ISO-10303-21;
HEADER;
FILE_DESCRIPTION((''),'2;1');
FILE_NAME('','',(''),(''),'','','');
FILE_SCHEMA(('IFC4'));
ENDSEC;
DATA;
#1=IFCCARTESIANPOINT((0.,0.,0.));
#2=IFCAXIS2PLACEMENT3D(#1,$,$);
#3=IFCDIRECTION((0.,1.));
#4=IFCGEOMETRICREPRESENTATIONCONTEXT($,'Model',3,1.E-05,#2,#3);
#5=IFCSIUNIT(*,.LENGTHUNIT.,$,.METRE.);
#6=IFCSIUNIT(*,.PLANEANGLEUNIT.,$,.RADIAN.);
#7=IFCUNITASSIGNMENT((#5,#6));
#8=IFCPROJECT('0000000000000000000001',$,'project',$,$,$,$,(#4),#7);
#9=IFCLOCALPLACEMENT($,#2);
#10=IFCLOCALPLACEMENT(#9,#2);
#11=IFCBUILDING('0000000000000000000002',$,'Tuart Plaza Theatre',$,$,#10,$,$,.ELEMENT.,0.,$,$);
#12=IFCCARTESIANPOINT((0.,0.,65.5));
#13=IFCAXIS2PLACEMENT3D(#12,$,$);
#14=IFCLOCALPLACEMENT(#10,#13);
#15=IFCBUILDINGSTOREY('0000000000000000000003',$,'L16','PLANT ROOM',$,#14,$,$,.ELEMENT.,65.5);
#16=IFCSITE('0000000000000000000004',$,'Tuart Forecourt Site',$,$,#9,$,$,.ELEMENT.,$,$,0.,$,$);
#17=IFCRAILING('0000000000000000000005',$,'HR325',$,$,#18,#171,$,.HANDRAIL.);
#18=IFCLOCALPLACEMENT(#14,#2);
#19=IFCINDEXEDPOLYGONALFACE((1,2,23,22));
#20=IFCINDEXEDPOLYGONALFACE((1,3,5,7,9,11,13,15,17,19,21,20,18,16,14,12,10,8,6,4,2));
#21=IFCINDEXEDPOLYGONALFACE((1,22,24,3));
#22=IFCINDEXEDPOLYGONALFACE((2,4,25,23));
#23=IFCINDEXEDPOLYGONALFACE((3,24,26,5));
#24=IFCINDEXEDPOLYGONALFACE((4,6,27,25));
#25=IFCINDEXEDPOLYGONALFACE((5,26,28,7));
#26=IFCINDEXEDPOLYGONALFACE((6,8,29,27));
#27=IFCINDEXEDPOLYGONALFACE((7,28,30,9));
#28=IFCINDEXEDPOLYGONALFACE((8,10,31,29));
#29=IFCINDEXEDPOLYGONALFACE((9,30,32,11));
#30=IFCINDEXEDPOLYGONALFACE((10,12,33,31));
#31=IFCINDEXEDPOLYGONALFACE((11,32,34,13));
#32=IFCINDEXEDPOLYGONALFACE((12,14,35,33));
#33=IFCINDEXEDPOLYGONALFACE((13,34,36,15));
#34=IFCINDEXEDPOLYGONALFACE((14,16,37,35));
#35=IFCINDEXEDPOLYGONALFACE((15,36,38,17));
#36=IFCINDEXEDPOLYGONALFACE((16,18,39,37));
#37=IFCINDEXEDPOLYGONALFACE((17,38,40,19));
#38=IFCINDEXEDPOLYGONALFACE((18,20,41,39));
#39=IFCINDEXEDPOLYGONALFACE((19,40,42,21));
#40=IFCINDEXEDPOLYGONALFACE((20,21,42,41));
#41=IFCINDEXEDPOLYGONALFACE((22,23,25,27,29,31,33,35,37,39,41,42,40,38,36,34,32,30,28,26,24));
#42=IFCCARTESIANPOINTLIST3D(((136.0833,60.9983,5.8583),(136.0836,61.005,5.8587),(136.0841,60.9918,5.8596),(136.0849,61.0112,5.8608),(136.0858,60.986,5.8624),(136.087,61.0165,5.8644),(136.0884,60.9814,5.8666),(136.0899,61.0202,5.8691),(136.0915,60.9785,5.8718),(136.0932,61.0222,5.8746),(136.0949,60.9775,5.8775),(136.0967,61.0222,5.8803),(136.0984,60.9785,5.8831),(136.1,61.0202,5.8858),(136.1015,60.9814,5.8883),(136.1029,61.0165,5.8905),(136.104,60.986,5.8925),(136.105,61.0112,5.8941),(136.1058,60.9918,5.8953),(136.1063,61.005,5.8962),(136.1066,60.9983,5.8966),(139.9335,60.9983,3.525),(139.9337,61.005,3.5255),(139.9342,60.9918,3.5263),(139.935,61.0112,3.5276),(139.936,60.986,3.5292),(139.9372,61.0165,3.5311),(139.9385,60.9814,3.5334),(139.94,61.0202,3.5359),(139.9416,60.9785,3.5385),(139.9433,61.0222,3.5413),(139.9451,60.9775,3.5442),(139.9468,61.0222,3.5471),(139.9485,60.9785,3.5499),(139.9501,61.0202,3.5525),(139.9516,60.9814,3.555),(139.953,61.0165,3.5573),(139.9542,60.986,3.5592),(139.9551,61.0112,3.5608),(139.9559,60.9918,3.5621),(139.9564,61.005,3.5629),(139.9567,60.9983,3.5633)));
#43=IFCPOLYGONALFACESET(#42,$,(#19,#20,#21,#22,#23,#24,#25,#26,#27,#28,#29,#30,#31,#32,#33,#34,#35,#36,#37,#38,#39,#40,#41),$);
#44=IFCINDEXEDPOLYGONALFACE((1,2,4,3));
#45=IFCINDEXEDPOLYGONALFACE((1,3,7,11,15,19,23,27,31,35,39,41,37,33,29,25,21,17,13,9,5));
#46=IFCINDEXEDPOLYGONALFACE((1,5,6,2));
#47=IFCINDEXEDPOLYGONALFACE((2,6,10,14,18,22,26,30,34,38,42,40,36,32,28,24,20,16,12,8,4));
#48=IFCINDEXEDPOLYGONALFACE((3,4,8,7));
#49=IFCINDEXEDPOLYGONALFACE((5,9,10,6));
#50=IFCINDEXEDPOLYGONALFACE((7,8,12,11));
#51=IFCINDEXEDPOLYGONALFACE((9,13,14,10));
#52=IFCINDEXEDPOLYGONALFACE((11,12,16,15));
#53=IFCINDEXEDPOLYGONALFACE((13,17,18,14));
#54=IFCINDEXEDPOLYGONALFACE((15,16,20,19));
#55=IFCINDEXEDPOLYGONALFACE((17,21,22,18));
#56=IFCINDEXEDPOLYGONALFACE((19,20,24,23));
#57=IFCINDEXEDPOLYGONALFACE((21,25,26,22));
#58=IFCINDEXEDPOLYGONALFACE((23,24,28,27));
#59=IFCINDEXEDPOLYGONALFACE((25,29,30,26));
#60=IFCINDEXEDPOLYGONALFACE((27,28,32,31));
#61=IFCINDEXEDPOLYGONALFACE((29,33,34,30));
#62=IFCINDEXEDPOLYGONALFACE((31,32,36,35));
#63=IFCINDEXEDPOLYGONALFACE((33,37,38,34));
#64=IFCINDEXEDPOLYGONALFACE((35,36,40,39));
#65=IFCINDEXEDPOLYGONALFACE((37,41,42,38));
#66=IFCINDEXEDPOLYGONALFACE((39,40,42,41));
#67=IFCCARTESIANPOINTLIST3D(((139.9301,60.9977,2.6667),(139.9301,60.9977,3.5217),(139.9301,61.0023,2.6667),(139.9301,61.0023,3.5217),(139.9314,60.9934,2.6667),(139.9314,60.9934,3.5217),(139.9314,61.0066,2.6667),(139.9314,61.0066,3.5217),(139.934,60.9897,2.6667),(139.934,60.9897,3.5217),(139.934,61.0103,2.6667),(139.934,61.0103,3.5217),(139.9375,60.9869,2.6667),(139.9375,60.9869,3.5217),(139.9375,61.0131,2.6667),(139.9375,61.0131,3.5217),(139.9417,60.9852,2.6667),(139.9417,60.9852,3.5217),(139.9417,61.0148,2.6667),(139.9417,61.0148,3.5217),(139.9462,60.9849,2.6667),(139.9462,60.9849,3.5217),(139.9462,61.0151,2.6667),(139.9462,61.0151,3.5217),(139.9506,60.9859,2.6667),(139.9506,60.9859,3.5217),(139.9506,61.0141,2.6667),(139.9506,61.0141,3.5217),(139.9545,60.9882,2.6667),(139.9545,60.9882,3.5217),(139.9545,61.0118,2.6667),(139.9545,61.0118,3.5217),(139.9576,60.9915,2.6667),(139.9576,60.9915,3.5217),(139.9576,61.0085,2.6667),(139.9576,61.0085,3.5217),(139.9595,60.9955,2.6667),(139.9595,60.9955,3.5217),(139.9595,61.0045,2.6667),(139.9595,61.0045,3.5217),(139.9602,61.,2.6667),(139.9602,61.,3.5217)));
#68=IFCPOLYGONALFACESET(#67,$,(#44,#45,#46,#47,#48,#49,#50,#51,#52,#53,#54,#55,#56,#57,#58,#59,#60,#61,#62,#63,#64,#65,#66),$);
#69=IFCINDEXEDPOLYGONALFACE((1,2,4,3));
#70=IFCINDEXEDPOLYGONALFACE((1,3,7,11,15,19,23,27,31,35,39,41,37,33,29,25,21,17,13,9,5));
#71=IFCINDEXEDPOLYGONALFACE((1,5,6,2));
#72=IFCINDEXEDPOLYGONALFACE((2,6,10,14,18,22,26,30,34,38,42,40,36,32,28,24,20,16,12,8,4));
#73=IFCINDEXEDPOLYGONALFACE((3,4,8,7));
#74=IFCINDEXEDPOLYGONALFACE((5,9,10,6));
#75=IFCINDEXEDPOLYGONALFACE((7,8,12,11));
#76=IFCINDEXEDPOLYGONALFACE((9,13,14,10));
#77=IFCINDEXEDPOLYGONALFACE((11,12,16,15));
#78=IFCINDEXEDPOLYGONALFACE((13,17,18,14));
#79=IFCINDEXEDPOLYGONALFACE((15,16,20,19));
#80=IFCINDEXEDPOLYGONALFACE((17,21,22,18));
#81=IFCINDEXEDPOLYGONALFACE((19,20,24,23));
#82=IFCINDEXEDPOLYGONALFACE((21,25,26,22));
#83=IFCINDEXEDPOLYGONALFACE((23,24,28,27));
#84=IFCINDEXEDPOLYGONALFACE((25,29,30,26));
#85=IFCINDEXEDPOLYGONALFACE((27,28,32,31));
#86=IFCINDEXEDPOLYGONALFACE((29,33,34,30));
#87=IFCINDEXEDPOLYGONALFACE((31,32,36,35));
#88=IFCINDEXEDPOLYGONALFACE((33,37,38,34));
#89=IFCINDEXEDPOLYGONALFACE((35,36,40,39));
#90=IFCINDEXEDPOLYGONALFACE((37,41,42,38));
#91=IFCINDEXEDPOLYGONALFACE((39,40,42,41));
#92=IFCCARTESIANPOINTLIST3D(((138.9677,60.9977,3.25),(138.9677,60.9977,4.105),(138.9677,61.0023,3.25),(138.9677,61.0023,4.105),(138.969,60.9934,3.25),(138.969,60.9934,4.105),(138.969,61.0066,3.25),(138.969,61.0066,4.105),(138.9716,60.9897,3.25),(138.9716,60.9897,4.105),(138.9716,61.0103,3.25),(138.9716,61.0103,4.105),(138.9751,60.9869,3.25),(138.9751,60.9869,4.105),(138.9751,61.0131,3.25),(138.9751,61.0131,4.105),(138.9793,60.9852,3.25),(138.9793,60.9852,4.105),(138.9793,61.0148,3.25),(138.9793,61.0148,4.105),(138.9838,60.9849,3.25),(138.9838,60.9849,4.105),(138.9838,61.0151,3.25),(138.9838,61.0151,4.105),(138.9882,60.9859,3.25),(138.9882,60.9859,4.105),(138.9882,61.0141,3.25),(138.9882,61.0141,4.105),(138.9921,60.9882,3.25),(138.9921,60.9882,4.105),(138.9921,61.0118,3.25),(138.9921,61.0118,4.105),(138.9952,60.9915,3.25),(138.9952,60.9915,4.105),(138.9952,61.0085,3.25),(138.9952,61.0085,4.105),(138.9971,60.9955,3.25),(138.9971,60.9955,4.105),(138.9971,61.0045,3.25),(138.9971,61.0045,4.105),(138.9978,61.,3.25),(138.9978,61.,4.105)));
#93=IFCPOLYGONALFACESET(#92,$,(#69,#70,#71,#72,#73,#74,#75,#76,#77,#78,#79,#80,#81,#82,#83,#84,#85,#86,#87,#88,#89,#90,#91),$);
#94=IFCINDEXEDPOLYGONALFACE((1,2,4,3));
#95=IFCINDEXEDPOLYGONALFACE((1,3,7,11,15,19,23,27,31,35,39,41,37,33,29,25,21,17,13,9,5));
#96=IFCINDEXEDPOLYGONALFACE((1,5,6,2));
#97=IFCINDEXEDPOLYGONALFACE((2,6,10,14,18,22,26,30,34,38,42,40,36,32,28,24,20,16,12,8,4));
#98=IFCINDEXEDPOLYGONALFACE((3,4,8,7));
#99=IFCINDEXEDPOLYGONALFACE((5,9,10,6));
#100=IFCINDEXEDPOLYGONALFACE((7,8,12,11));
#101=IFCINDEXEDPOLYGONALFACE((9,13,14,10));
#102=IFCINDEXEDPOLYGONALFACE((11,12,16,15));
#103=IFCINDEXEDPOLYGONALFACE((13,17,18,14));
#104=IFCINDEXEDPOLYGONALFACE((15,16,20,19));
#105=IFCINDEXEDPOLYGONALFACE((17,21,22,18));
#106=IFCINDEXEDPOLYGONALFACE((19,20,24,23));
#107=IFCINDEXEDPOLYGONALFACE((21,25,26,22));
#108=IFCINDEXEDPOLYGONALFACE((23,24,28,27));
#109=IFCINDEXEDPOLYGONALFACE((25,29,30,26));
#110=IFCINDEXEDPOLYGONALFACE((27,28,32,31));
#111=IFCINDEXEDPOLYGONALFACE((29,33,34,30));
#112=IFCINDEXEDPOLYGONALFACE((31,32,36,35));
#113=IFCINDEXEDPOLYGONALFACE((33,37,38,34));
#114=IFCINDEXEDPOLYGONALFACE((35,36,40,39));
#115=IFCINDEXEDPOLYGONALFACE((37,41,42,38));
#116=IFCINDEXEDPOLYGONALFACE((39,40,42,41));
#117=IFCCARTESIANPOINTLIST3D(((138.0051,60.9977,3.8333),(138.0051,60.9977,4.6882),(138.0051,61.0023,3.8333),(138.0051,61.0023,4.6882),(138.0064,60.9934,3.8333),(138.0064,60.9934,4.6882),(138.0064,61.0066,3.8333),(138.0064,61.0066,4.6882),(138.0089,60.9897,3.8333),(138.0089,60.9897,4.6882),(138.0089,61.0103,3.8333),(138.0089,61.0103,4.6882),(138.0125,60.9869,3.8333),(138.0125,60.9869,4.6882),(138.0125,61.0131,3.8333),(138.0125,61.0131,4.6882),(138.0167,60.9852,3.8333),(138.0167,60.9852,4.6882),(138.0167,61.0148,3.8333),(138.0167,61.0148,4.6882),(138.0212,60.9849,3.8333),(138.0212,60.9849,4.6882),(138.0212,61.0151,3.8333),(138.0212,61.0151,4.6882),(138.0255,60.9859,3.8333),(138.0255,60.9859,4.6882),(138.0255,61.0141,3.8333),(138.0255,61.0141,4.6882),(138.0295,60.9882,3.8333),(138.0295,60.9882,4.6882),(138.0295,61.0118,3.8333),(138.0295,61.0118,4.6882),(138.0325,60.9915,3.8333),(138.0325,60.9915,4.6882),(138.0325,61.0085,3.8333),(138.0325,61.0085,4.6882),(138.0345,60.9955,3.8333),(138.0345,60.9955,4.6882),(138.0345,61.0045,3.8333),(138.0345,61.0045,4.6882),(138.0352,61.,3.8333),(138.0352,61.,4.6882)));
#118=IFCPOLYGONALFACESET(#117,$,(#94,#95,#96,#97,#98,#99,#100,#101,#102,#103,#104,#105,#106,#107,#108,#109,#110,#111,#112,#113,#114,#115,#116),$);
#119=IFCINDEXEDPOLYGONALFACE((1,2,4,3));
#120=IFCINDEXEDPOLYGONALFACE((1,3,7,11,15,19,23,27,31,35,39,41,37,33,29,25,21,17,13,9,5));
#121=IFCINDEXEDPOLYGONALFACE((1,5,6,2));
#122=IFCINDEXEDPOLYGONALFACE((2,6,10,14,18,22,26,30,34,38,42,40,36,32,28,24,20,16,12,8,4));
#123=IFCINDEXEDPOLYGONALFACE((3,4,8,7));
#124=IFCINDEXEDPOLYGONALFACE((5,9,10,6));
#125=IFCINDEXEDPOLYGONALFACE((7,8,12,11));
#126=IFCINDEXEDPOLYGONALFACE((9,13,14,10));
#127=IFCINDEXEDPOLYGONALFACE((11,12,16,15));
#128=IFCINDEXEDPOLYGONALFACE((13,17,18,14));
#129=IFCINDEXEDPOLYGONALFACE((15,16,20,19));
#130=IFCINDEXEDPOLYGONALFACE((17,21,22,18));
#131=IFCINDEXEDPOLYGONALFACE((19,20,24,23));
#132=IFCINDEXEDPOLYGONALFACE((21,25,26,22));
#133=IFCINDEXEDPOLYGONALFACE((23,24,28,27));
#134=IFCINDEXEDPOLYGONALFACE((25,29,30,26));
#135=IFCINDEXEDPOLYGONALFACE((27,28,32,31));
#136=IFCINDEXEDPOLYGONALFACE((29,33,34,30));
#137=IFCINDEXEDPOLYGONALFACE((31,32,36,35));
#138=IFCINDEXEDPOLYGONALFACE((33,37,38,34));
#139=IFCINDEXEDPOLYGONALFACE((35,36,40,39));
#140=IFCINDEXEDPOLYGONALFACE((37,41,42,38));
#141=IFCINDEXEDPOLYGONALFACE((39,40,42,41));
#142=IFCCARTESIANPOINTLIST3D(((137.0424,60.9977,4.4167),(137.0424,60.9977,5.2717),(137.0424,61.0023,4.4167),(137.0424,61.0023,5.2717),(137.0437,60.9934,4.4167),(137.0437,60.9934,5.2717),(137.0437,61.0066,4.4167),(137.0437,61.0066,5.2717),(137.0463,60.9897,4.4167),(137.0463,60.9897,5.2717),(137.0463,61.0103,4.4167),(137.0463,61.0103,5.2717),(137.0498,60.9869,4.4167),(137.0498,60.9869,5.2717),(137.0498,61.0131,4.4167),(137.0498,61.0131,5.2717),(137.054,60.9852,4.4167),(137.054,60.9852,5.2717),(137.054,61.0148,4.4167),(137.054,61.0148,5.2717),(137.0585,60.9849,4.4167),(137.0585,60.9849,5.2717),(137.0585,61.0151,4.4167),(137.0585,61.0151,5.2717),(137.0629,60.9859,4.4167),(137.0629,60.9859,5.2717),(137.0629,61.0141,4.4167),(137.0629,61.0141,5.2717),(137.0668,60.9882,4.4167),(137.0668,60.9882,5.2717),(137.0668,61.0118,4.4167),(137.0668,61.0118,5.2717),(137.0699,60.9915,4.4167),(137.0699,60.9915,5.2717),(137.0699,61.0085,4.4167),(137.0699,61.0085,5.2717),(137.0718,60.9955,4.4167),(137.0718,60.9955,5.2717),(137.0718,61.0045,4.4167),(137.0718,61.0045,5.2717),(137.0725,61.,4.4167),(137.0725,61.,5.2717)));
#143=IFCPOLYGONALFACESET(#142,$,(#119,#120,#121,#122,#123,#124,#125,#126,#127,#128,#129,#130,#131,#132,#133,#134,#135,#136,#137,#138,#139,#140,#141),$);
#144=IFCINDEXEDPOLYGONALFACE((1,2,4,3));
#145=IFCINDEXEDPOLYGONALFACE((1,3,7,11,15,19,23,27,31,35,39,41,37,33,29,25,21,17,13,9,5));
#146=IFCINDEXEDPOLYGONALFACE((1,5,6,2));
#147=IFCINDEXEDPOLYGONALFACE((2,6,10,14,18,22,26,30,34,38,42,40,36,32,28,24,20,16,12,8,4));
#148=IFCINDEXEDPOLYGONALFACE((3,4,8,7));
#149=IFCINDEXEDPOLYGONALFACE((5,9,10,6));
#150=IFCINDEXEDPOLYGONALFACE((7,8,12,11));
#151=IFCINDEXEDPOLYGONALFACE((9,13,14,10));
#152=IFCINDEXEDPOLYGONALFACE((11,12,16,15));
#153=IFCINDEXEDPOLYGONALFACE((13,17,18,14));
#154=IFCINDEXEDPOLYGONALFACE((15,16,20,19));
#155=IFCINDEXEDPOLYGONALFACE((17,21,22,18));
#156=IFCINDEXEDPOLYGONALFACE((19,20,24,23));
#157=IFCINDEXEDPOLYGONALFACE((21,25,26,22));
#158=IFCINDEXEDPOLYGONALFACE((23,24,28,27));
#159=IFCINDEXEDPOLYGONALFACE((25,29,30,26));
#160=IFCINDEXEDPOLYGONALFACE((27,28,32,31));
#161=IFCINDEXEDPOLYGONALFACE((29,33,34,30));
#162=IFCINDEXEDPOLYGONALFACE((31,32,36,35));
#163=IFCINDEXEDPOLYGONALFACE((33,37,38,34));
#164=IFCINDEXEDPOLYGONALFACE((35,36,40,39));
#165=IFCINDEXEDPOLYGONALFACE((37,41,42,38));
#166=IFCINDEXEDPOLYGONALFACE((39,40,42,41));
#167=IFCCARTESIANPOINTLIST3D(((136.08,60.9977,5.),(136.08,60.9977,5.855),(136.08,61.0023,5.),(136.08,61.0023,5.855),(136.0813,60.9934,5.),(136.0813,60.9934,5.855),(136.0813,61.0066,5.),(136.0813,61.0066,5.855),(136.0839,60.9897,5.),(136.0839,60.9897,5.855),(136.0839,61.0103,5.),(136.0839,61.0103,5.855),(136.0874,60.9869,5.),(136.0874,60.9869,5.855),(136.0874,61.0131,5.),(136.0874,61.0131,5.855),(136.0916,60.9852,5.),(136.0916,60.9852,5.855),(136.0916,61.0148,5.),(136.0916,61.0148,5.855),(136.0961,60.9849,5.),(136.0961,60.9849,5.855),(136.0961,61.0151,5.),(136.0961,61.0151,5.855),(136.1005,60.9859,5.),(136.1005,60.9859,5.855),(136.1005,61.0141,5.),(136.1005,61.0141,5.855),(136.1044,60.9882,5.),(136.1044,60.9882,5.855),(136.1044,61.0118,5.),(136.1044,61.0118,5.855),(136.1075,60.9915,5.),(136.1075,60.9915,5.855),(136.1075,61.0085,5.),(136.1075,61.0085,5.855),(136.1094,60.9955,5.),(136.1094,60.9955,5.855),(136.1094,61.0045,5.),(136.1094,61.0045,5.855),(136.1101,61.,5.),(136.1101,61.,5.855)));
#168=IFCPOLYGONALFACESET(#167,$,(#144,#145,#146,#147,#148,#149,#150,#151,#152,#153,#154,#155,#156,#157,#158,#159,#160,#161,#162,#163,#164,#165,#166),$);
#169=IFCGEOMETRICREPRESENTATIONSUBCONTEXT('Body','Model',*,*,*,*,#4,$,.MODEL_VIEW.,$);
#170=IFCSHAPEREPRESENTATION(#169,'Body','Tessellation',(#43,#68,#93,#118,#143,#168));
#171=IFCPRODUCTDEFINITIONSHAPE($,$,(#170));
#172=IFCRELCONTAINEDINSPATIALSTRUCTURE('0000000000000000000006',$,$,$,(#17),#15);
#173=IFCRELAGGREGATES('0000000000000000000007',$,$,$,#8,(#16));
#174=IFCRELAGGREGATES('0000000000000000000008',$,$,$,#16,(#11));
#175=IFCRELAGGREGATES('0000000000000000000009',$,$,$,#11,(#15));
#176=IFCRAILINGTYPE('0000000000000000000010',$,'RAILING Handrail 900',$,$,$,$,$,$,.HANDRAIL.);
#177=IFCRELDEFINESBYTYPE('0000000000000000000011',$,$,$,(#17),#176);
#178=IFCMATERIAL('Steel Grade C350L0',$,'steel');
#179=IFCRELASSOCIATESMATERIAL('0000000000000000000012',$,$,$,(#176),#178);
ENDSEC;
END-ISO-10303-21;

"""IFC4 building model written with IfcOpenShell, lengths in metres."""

from ifc_helpers import new_model, si_unit, direction, frame, origin, origin_2d, place, context, subcontext, project, spatial, circle, extrude, material, type_object, element, save


model = new_model("IFC4")

# Units and contexts
model_context = context("Model", 3, precision=1e-05, world=origin(), true_north=direction((0.0, 1.0)))
body_context = subcontext(model_context, "Body", "Model", "MODEL_VIEW")
ifc_project = project(units=[si_unit("LENGTHUNIT", "METRE"), si_unit("PLANEANGLEUNIT", "RADIAN")], contexts=[model_context])

# Site, building, storey
site_placement = place(None, origin())
site = spatial("IfcSite", under=ifc_project, at=site_placement, Name="Tuart Forecourt Site", CompositionType="ELEMENT", RefElevation=0.0)
building_placement = place(site_placement, origin())
building = spatial("IfcBuilding", under=site, at=building_placement, Name="Tuart Plaza Theatre", CompositionType="ELEMENT", ElevationOfRefHeight=0.0)
storey_placement = place(building_placement, frame((0.0, 0.0, 65.5)))
storey = spatial("IfcBuildingStorey", under=building, at=storey_placement, Name="L16", Description="PLANT ROOM", CompositionType="ELEMENT", Elevation=65.5)

# Railing
ifc_material_1 = material(Name="Steel Grade C350L0", Category="steel")
railing_type_1 = type_object("IfcRailingType", Name="RAILING Handrail 900", PredefinedType="HANDRAIL", material=ifc_material_1)
for number, where, name in (
    (1, (139.9451, 61.0, 2.6667), "HR325"),
):
    element("IfcRailing", number, at=place(storey_placement, frame(where)), inside=storey, type_object=railing_type_1, Name=name, PredefinedType="HANDRAIL", context=body_context, shape_type="SweptSolid", body=[
        extrude(circle(Radius=0.0225, at=origin_2d()), frame((0.0, 0.0, 0.8774), z_axis=(-0.855212, 0.0, 0.518279), x_axis=(0.0, -1.0, 0.0)), (0.0, 0.0, 1.0), 4.502),
        extrude(circle(Radius=0.0151, at=origin_2d()), origin(), (0.0, 0.0, 1.0), 0.855),
        extrude(circle(Radius=0.0151, at=origin_2d()), frame((-0.9624, 0.0, 0.5833)), (0.0, 0.0, 1.0), 0.855),
        extrude(circle(Radius=0.0151, at=origin_2d()), frame((-1.925, 0.0, 1.1665)), (0.0, 0.0, 1.0), 0.855),
        extrude(circle(Radius=0.0151, at=origin_2d()), frame((-2.8877, 0.0, 1.75)), (0.0, 0.0, 1.0), 0.855),
        extrude(circle(Radius=0.0151, at=origin_2d()), frame((-3.8501, 0.0, 2.3333)), (0.0, 0.0, 1.0), 0.855),
    ])

save(model, "model.ifc")
